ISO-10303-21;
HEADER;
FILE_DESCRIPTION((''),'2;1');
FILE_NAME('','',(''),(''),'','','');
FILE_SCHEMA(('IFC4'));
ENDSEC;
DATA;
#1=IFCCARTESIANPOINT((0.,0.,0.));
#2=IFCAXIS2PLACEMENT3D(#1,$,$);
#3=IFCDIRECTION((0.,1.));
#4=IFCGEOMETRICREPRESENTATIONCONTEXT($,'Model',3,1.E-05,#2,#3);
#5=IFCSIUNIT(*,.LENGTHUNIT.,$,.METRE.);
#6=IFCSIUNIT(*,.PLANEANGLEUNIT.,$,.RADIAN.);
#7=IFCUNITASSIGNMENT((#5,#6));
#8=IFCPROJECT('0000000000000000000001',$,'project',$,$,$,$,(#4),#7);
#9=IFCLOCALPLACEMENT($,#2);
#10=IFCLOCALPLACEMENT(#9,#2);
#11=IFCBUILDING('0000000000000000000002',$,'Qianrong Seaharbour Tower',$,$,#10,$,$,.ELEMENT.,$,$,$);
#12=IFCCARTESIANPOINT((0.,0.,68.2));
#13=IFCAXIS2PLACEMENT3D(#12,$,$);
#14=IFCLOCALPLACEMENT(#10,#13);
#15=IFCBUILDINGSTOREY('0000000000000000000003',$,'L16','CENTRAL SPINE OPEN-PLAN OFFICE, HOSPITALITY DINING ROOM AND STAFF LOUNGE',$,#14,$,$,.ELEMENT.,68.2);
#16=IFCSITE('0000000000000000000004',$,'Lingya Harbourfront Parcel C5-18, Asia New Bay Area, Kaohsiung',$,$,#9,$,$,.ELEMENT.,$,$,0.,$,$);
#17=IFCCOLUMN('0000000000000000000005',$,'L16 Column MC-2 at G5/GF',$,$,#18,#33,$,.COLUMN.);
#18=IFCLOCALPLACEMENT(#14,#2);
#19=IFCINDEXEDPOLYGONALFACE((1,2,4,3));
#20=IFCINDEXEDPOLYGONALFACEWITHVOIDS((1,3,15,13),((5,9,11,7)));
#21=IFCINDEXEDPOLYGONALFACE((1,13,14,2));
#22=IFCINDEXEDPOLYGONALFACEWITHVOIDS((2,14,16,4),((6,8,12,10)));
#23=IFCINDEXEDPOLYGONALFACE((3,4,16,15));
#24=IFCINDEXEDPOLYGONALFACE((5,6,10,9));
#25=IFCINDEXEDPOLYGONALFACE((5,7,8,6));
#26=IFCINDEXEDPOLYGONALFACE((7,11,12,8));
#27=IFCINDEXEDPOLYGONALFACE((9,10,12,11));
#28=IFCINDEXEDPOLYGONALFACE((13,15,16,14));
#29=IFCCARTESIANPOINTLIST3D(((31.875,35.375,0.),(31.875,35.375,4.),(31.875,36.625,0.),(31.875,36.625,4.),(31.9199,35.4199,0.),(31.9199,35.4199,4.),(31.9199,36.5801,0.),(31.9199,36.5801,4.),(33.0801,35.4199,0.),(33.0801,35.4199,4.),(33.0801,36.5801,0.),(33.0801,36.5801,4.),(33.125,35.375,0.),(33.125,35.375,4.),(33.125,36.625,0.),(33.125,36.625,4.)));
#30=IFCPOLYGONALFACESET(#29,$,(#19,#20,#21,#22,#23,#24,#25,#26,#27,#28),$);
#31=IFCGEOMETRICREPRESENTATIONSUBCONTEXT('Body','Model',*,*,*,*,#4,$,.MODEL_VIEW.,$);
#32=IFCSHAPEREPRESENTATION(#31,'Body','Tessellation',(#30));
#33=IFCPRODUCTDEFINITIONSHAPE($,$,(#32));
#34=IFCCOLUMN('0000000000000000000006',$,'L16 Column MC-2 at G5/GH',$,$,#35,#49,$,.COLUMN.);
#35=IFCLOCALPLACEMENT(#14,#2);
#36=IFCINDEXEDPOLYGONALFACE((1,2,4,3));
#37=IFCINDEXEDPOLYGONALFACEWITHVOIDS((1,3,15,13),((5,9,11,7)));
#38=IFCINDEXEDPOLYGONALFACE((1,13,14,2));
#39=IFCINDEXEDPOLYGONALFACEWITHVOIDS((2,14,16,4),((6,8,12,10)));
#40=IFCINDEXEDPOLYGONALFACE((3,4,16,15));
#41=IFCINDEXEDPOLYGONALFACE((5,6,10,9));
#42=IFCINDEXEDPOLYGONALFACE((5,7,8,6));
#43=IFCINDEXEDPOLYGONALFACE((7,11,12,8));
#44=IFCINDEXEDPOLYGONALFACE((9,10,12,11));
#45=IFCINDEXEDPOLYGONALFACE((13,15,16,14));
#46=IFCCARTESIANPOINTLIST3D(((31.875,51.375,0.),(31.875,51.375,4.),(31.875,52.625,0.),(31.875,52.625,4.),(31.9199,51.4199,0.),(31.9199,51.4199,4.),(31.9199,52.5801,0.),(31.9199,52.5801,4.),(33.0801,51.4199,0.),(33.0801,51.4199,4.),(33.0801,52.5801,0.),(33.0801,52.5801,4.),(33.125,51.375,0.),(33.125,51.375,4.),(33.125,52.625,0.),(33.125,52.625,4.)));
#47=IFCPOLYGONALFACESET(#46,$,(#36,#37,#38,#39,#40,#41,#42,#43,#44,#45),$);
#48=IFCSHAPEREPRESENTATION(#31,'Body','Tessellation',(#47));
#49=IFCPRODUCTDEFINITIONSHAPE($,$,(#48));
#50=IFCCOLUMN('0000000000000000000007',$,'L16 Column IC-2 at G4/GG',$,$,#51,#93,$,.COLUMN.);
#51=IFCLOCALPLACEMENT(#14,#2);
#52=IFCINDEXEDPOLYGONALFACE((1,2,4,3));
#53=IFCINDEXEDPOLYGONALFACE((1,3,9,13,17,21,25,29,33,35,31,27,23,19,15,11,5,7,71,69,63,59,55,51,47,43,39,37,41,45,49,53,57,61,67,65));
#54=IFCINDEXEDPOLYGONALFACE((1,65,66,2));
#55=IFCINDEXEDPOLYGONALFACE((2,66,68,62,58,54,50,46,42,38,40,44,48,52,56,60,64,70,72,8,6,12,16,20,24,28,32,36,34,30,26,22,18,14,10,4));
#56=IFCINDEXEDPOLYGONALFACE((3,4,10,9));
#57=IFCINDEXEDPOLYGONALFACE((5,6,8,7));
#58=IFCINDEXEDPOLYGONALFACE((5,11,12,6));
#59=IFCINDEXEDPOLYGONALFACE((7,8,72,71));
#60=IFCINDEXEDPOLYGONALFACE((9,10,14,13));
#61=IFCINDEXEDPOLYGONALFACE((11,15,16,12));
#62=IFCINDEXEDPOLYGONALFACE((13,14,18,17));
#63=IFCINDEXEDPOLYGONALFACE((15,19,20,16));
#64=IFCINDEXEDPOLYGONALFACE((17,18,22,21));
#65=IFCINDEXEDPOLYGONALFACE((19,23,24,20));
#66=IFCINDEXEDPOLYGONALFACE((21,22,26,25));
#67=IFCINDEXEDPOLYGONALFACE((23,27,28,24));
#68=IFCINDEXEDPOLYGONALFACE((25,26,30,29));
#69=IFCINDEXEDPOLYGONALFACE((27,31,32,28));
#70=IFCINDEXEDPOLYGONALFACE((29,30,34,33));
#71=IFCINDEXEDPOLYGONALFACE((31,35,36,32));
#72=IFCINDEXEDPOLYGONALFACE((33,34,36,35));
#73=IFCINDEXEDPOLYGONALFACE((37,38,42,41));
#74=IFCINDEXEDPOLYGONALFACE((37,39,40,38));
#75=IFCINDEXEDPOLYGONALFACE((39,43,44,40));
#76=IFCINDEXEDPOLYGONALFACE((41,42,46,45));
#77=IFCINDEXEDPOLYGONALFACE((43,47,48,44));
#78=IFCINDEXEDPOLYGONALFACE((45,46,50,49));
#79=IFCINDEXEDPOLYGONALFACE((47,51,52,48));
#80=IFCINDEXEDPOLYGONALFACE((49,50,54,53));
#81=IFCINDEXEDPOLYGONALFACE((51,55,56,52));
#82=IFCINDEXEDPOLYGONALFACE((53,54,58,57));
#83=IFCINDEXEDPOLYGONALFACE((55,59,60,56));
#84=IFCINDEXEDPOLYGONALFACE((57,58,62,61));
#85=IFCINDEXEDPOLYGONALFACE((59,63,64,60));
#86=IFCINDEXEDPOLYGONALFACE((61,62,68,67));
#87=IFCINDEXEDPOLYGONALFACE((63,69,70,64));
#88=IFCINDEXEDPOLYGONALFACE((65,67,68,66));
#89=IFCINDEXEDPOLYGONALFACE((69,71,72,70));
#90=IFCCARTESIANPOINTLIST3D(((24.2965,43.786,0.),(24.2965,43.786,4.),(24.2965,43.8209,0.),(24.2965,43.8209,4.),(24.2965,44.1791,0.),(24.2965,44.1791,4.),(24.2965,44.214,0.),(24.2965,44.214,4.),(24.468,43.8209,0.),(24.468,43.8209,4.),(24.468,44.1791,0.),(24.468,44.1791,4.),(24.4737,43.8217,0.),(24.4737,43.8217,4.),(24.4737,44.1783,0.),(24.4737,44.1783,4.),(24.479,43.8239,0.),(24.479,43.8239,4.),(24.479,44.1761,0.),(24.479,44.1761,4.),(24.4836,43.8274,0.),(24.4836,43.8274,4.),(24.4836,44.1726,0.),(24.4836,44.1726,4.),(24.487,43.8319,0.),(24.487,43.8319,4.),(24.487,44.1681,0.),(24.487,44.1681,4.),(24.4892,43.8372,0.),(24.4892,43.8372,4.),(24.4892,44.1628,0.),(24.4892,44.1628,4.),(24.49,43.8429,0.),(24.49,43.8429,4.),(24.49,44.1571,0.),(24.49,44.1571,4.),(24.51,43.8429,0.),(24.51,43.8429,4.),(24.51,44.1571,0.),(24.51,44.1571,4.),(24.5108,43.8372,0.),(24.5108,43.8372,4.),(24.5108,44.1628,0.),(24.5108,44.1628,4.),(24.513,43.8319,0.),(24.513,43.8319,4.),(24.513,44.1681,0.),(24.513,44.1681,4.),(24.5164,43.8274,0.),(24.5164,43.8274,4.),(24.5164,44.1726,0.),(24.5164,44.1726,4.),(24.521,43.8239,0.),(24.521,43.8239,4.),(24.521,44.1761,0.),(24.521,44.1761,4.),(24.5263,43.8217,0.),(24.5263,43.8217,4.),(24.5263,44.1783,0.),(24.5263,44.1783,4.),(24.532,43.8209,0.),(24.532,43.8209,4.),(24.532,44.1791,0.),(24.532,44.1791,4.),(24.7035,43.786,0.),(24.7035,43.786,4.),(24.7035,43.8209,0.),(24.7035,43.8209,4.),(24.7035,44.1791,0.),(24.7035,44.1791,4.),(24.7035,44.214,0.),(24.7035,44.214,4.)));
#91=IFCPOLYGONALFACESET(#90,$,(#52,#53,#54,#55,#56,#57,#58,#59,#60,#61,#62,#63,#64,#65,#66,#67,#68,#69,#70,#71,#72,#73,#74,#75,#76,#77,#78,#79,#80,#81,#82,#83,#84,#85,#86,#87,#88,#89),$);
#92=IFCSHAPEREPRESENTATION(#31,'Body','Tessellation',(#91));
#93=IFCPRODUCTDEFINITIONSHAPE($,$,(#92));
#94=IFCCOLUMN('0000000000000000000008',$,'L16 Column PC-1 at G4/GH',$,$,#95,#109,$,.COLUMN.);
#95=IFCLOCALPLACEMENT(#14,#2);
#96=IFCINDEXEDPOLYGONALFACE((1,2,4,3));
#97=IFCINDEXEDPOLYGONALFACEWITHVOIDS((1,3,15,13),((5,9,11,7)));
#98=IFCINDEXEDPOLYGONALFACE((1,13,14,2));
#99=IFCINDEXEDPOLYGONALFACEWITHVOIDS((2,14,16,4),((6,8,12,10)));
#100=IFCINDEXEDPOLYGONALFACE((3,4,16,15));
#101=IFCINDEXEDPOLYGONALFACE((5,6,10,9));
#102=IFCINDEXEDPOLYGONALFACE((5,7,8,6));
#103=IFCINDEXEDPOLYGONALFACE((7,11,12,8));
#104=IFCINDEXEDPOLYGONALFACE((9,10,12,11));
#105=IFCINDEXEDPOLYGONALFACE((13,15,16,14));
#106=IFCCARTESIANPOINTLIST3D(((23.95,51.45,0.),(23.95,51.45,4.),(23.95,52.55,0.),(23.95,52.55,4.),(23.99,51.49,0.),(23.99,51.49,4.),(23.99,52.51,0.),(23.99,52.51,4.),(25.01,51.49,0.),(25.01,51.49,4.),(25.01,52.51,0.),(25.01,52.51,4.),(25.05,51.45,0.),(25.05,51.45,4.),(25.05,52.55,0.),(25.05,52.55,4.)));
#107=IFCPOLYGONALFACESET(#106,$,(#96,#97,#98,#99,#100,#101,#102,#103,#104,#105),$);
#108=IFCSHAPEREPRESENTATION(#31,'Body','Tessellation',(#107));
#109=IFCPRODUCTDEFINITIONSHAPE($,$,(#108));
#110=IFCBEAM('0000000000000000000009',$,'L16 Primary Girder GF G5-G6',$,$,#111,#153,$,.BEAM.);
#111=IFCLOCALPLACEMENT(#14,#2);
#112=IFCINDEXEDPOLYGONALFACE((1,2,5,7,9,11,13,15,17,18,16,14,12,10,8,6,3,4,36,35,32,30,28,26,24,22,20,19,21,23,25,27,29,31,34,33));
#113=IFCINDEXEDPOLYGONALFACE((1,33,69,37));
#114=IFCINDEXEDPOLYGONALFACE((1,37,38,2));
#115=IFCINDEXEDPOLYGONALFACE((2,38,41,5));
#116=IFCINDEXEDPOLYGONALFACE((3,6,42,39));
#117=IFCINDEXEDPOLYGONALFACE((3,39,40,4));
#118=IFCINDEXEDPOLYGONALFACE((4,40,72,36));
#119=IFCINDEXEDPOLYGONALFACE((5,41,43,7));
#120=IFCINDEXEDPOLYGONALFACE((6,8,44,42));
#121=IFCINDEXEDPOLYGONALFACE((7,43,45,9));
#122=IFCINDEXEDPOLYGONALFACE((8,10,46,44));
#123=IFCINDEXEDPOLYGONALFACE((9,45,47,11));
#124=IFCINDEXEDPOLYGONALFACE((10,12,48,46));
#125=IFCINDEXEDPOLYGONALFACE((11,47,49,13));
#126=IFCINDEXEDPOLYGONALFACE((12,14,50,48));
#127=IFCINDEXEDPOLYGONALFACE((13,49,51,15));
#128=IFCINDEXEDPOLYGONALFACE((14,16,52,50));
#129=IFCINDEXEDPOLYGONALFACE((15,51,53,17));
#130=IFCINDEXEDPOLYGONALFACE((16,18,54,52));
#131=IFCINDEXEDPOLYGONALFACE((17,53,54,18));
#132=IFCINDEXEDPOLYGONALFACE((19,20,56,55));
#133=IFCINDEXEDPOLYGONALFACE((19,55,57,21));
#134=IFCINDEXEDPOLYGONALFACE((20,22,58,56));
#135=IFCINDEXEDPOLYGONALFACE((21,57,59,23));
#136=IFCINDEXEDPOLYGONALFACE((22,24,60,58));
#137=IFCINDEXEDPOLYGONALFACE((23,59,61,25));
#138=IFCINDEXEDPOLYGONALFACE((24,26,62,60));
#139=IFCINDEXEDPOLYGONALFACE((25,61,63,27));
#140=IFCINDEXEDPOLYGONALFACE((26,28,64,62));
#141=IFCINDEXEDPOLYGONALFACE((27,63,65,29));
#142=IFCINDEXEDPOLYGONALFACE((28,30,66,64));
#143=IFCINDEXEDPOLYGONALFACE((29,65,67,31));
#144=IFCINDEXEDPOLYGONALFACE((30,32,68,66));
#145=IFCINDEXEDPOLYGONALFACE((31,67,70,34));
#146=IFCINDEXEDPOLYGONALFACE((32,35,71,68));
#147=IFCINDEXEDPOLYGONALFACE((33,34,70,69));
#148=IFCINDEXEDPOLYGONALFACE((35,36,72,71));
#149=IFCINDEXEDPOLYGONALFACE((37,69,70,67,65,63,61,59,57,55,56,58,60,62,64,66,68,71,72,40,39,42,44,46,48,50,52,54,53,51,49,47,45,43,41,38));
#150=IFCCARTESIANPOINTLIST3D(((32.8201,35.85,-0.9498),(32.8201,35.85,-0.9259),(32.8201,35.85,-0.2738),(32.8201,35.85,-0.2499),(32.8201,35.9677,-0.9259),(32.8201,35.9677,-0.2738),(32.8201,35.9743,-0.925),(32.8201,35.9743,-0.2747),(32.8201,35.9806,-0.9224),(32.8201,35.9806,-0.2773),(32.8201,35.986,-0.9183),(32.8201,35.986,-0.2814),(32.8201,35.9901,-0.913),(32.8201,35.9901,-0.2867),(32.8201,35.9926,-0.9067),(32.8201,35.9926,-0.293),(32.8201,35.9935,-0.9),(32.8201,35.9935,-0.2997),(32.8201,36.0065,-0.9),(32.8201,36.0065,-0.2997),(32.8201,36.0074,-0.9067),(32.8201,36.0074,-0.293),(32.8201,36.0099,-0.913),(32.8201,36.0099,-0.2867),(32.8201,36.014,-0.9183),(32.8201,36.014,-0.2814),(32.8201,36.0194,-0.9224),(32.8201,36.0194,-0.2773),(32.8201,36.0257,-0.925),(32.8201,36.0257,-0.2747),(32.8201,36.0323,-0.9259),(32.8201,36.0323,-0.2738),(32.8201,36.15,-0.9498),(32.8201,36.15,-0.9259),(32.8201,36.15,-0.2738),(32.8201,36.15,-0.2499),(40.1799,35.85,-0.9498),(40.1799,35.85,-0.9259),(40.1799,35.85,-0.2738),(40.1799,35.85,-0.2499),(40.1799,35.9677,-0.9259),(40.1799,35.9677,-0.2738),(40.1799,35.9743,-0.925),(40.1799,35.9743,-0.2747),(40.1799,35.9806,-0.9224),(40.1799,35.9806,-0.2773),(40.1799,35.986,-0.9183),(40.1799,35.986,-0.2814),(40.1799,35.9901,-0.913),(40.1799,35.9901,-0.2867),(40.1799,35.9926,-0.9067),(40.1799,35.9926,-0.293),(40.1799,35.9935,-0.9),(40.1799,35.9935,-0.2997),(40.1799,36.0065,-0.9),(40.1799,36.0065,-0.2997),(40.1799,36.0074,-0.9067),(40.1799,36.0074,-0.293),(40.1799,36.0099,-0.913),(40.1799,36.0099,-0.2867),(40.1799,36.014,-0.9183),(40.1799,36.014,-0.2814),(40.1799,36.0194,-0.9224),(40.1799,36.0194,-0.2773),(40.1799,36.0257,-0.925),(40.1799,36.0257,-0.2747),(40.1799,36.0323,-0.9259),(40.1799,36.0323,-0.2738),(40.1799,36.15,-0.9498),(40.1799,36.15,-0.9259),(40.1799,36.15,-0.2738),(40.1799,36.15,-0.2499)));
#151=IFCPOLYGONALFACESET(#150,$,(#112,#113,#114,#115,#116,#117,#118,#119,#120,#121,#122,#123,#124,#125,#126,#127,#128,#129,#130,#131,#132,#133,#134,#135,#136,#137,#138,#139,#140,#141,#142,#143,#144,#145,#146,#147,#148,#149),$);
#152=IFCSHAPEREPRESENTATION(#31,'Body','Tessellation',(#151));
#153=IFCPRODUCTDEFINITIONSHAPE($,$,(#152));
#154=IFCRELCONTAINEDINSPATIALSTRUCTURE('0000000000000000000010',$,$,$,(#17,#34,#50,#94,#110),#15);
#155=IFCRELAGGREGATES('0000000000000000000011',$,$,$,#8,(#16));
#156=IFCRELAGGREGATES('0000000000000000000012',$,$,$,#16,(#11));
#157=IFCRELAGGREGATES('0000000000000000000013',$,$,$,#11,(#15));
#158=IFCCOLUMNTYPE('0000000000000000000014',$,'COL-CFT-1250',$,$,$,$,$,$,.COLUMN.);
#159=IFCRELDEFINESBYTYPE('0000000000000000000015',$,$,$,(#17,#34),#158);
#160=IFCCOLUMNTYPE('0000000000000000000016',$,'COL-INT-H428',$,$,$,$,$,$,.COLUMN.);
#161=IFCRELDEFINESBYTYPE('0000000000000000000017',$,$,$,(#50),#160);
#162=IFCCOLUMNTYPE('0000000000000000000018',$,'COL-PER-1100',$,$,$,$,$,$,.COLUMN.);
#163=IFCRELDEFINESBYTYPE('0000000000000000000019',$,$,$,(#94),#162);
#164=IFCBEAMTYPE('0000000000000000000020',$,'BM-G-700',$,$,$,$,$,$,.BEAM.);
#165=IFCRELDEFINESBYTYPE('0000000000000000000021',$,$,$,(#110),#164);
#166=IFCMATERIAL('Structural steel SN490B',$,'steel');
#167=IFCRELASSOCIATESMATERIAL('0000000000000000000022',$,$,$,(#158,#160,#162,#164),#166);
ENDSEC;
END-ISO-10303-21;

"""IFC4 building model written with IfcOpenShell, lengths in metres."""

from ifc_helpers import new_model, si_unit, direction, frame, origin, origin_2d, place, context, subcontext, project, spatial, hollow_rectangle, i_section, extrude, material, material_profile, profile_set, type_object, element, save


model = new_model("IFC4")

# Units and contexts
model_context = context("Model", 3, precision=1e-05, world=origin(), true_north=direction((0.0, 1.0)))
body_context = subcontext(model_context, "Body", "Model", "MODEL_VIEW")
ifc_project = project(units=[si_unit("LENGTHUNIT", "METRE"), si_unit("PLANEANGLEUNIT", "RADIAN")], contexts=[model_context])

# Site, building, storey
site_placement = place(None, origin())
site = spatial("IfcSite", under=ifc_project, at=site_placement, Name="Lingya Harbourfront Parcel C5-18, Asia New Bay Area, Kaohsiung", CompositionType="ELEMENT", RefElevation=0.0)
building_placement = place(site_placement, origin())
building = spatial("IfcBuilding", under=site, at=building_placement, Name="Qianrong Seaharbour Tower", CompositionType="ELEMENT")
storey_placement = place(building_placement, frame((0.0, 0.0, 68.2)))
storey = spatial("IfcBuildingStorey", under=building, at=storey_placement, Name="L16", Description="CENTRAL SPINE OPEN-PLAN OFFICE, HOSPITALITY DINING ROOM AND STAFF LOUNGE", CompositionType="ELEMENT", Elevation=68.2)

# Columns
ifc_material_1 = material(Name="Structural steel SN490B", Category="steel")
ifc_material_profile_1 = material_profile(ifc_material_1, hollow_rectangle(XDim=1.25, YDim=1.25, WallThickness=0.0449, at=origin_2d()), Name="BOX1250x1250x45")
ifc_profile_set_1 = profile_set([ifc_material_profile_1], Name="Structural steel SN490B")
column_type_1 = type_object("IfcColumnType", Name="COL-CFT-1250", PredefinedType="COLUMN", material=ifc_profile_set_1)
for number, where, z_axis, x_axis, name in (
    (1, (32.5, 36.0, 0.0), (0.0, 0.0, 1.0), (1.0, 0.0, 0.0), "L16 Column MC-2 at G5/GF"),
    (2, (32.5, 52.0, 0.0), (0.0, 0.0, 1.0), (1.0, 0.0, 0.0), "L16 Column MC-2 at G5/GH"),
):
    element("IfcColumn", number, at=place(storey_placement, frame(where, z_axis=z_axis, x_axis=x_axis)), inside=storey, type_object=column_type_1, Name=name, PredefinedType="COLUMN", context=body_context, shape_type="SweptSolid", body=[
        extrude(hollow_rectangle(XDim=1.25, YDim=1.25, WallThickness=0.0449, at=origin_2d()), origin(), (0.0, 0.0, 1.0), 4.0),
    ])
ifc_material_profile_2 = material_profile(ifc_material_1, i_section(OverallWidth=0.407, OverallDepth=0.428, WebThickness=0.02, FlangeThickness=0.0349, FilletRadius=0.022, at=origin_2d()), Name="H428x407x20x35")
ifc_profile_set_2 = profile_set([ifc_material_profile_2], Name="Structural steel SN490B")
column_type_2 = type_object("IfcColumnType", Name="COL-INT-H428", PredefinedType="COLUMN", material=ifc_profile_set_2)
column_1_placement = place(storey_placement, frame((24.5, 44.0, 0.0), z_axis=(0.0, 0.0, 1.0), x_axis=(1.0, 0.0, 0.0)))
element("IfcColumn", 3, at=column_1_placement, inside=storey, type_object=column_type_2, Name="L16 Column IC-2 at G4/GG", PredefinedType="COLUMN", context=body_context, shape_type="SweptSolid", body=[
    extrude(i_section(OverallWidth=0.407, OverallDepth=0.428, WebThickness=0.02, FlangeThickness=0.0349, FilletRadius=0.022, at=origin_2d()), origin(), (0.0, 0.0, 1.0), 4.0),
])
ifc_material_profile_3 = material_profile(ifc_material_1, hollow_rectangle(XDim=1.1001, YDim=1.1001, WallThickness=0.04, at=origin_2d()), Name="BOX1100x1100x40")
ifc_profile_set_3 = profile_set([ifc_material_profile_3], Name="Structural steel SN490B")
column_type_3 = type_object("IfcColumnType", Name="COL-PER-1100", PredefinedType="COLUMN", material=ifc_profile_set_3)
column_2_placement = place(storey_placement, frame((24.5, 52.0, 0.0), z_axis=(0.0, 0.0, 1.0), x_axis=(1.0, 0.0, 0.0)))
element("IfcColumn", 4, at=column_2_placement, inside=storey, type_object=column_type_3, Name="L16 Column PC-1 at G4/GH", PredefinedType="COLUMN", context=body_context, shape_type="SweptSolid", body=[
    extrude(hollow_rectangle(XDim=1.1001, YDim=1.1001, WallThickness=0.04, at=origin_2d()), origin(), (0.0, 0.0, 1.0), 4.0),
])

# Beam
ifc_material_profile_4 = material_profile(ifc_material_1, i_section(OverallWidth=0.3, OverallDepth=0.7, WebThickness=0.0129, FlangeThickness=0.0239, FilletRadius=0.0259, at=origin_2d()), Name="H700x300x13x24")
ifc_profile_set_4 = profile_set([ifc_material_profile_4], Name="Structural steel SN490B")
beam_type_1 = type_object("IfcBeamType", Name="BM-G-700", PredefinedType="BEAM", material=ifc_profile_set_4)
beam_1_placement = place(storey_placement, frame((32.8201, 36.0, -0.5999), z_axis=(1.0, 0.0, 0.0), x_axis=(0.0, 1.0, 0.0)))
element("IfcBeam", 5, at=beam_1_placement, inside=storey, type_object=beam_type_1, Name="L16 Primary Girder GF G5-G6", PredefinedType="BEAM", context=body_context, shape_type="SweptSolid", body=[
    extrude(i_section(OverallWidth=0.3, OverallDepth=0.7, WebThickness=0.0129, FlangeThickness=0.0239, FilletRadius=0.0259, at=origin_2d()), origin(), (0.0, 0.0, 1.0), 7.3599),
])

save(model, "model.ifc")
